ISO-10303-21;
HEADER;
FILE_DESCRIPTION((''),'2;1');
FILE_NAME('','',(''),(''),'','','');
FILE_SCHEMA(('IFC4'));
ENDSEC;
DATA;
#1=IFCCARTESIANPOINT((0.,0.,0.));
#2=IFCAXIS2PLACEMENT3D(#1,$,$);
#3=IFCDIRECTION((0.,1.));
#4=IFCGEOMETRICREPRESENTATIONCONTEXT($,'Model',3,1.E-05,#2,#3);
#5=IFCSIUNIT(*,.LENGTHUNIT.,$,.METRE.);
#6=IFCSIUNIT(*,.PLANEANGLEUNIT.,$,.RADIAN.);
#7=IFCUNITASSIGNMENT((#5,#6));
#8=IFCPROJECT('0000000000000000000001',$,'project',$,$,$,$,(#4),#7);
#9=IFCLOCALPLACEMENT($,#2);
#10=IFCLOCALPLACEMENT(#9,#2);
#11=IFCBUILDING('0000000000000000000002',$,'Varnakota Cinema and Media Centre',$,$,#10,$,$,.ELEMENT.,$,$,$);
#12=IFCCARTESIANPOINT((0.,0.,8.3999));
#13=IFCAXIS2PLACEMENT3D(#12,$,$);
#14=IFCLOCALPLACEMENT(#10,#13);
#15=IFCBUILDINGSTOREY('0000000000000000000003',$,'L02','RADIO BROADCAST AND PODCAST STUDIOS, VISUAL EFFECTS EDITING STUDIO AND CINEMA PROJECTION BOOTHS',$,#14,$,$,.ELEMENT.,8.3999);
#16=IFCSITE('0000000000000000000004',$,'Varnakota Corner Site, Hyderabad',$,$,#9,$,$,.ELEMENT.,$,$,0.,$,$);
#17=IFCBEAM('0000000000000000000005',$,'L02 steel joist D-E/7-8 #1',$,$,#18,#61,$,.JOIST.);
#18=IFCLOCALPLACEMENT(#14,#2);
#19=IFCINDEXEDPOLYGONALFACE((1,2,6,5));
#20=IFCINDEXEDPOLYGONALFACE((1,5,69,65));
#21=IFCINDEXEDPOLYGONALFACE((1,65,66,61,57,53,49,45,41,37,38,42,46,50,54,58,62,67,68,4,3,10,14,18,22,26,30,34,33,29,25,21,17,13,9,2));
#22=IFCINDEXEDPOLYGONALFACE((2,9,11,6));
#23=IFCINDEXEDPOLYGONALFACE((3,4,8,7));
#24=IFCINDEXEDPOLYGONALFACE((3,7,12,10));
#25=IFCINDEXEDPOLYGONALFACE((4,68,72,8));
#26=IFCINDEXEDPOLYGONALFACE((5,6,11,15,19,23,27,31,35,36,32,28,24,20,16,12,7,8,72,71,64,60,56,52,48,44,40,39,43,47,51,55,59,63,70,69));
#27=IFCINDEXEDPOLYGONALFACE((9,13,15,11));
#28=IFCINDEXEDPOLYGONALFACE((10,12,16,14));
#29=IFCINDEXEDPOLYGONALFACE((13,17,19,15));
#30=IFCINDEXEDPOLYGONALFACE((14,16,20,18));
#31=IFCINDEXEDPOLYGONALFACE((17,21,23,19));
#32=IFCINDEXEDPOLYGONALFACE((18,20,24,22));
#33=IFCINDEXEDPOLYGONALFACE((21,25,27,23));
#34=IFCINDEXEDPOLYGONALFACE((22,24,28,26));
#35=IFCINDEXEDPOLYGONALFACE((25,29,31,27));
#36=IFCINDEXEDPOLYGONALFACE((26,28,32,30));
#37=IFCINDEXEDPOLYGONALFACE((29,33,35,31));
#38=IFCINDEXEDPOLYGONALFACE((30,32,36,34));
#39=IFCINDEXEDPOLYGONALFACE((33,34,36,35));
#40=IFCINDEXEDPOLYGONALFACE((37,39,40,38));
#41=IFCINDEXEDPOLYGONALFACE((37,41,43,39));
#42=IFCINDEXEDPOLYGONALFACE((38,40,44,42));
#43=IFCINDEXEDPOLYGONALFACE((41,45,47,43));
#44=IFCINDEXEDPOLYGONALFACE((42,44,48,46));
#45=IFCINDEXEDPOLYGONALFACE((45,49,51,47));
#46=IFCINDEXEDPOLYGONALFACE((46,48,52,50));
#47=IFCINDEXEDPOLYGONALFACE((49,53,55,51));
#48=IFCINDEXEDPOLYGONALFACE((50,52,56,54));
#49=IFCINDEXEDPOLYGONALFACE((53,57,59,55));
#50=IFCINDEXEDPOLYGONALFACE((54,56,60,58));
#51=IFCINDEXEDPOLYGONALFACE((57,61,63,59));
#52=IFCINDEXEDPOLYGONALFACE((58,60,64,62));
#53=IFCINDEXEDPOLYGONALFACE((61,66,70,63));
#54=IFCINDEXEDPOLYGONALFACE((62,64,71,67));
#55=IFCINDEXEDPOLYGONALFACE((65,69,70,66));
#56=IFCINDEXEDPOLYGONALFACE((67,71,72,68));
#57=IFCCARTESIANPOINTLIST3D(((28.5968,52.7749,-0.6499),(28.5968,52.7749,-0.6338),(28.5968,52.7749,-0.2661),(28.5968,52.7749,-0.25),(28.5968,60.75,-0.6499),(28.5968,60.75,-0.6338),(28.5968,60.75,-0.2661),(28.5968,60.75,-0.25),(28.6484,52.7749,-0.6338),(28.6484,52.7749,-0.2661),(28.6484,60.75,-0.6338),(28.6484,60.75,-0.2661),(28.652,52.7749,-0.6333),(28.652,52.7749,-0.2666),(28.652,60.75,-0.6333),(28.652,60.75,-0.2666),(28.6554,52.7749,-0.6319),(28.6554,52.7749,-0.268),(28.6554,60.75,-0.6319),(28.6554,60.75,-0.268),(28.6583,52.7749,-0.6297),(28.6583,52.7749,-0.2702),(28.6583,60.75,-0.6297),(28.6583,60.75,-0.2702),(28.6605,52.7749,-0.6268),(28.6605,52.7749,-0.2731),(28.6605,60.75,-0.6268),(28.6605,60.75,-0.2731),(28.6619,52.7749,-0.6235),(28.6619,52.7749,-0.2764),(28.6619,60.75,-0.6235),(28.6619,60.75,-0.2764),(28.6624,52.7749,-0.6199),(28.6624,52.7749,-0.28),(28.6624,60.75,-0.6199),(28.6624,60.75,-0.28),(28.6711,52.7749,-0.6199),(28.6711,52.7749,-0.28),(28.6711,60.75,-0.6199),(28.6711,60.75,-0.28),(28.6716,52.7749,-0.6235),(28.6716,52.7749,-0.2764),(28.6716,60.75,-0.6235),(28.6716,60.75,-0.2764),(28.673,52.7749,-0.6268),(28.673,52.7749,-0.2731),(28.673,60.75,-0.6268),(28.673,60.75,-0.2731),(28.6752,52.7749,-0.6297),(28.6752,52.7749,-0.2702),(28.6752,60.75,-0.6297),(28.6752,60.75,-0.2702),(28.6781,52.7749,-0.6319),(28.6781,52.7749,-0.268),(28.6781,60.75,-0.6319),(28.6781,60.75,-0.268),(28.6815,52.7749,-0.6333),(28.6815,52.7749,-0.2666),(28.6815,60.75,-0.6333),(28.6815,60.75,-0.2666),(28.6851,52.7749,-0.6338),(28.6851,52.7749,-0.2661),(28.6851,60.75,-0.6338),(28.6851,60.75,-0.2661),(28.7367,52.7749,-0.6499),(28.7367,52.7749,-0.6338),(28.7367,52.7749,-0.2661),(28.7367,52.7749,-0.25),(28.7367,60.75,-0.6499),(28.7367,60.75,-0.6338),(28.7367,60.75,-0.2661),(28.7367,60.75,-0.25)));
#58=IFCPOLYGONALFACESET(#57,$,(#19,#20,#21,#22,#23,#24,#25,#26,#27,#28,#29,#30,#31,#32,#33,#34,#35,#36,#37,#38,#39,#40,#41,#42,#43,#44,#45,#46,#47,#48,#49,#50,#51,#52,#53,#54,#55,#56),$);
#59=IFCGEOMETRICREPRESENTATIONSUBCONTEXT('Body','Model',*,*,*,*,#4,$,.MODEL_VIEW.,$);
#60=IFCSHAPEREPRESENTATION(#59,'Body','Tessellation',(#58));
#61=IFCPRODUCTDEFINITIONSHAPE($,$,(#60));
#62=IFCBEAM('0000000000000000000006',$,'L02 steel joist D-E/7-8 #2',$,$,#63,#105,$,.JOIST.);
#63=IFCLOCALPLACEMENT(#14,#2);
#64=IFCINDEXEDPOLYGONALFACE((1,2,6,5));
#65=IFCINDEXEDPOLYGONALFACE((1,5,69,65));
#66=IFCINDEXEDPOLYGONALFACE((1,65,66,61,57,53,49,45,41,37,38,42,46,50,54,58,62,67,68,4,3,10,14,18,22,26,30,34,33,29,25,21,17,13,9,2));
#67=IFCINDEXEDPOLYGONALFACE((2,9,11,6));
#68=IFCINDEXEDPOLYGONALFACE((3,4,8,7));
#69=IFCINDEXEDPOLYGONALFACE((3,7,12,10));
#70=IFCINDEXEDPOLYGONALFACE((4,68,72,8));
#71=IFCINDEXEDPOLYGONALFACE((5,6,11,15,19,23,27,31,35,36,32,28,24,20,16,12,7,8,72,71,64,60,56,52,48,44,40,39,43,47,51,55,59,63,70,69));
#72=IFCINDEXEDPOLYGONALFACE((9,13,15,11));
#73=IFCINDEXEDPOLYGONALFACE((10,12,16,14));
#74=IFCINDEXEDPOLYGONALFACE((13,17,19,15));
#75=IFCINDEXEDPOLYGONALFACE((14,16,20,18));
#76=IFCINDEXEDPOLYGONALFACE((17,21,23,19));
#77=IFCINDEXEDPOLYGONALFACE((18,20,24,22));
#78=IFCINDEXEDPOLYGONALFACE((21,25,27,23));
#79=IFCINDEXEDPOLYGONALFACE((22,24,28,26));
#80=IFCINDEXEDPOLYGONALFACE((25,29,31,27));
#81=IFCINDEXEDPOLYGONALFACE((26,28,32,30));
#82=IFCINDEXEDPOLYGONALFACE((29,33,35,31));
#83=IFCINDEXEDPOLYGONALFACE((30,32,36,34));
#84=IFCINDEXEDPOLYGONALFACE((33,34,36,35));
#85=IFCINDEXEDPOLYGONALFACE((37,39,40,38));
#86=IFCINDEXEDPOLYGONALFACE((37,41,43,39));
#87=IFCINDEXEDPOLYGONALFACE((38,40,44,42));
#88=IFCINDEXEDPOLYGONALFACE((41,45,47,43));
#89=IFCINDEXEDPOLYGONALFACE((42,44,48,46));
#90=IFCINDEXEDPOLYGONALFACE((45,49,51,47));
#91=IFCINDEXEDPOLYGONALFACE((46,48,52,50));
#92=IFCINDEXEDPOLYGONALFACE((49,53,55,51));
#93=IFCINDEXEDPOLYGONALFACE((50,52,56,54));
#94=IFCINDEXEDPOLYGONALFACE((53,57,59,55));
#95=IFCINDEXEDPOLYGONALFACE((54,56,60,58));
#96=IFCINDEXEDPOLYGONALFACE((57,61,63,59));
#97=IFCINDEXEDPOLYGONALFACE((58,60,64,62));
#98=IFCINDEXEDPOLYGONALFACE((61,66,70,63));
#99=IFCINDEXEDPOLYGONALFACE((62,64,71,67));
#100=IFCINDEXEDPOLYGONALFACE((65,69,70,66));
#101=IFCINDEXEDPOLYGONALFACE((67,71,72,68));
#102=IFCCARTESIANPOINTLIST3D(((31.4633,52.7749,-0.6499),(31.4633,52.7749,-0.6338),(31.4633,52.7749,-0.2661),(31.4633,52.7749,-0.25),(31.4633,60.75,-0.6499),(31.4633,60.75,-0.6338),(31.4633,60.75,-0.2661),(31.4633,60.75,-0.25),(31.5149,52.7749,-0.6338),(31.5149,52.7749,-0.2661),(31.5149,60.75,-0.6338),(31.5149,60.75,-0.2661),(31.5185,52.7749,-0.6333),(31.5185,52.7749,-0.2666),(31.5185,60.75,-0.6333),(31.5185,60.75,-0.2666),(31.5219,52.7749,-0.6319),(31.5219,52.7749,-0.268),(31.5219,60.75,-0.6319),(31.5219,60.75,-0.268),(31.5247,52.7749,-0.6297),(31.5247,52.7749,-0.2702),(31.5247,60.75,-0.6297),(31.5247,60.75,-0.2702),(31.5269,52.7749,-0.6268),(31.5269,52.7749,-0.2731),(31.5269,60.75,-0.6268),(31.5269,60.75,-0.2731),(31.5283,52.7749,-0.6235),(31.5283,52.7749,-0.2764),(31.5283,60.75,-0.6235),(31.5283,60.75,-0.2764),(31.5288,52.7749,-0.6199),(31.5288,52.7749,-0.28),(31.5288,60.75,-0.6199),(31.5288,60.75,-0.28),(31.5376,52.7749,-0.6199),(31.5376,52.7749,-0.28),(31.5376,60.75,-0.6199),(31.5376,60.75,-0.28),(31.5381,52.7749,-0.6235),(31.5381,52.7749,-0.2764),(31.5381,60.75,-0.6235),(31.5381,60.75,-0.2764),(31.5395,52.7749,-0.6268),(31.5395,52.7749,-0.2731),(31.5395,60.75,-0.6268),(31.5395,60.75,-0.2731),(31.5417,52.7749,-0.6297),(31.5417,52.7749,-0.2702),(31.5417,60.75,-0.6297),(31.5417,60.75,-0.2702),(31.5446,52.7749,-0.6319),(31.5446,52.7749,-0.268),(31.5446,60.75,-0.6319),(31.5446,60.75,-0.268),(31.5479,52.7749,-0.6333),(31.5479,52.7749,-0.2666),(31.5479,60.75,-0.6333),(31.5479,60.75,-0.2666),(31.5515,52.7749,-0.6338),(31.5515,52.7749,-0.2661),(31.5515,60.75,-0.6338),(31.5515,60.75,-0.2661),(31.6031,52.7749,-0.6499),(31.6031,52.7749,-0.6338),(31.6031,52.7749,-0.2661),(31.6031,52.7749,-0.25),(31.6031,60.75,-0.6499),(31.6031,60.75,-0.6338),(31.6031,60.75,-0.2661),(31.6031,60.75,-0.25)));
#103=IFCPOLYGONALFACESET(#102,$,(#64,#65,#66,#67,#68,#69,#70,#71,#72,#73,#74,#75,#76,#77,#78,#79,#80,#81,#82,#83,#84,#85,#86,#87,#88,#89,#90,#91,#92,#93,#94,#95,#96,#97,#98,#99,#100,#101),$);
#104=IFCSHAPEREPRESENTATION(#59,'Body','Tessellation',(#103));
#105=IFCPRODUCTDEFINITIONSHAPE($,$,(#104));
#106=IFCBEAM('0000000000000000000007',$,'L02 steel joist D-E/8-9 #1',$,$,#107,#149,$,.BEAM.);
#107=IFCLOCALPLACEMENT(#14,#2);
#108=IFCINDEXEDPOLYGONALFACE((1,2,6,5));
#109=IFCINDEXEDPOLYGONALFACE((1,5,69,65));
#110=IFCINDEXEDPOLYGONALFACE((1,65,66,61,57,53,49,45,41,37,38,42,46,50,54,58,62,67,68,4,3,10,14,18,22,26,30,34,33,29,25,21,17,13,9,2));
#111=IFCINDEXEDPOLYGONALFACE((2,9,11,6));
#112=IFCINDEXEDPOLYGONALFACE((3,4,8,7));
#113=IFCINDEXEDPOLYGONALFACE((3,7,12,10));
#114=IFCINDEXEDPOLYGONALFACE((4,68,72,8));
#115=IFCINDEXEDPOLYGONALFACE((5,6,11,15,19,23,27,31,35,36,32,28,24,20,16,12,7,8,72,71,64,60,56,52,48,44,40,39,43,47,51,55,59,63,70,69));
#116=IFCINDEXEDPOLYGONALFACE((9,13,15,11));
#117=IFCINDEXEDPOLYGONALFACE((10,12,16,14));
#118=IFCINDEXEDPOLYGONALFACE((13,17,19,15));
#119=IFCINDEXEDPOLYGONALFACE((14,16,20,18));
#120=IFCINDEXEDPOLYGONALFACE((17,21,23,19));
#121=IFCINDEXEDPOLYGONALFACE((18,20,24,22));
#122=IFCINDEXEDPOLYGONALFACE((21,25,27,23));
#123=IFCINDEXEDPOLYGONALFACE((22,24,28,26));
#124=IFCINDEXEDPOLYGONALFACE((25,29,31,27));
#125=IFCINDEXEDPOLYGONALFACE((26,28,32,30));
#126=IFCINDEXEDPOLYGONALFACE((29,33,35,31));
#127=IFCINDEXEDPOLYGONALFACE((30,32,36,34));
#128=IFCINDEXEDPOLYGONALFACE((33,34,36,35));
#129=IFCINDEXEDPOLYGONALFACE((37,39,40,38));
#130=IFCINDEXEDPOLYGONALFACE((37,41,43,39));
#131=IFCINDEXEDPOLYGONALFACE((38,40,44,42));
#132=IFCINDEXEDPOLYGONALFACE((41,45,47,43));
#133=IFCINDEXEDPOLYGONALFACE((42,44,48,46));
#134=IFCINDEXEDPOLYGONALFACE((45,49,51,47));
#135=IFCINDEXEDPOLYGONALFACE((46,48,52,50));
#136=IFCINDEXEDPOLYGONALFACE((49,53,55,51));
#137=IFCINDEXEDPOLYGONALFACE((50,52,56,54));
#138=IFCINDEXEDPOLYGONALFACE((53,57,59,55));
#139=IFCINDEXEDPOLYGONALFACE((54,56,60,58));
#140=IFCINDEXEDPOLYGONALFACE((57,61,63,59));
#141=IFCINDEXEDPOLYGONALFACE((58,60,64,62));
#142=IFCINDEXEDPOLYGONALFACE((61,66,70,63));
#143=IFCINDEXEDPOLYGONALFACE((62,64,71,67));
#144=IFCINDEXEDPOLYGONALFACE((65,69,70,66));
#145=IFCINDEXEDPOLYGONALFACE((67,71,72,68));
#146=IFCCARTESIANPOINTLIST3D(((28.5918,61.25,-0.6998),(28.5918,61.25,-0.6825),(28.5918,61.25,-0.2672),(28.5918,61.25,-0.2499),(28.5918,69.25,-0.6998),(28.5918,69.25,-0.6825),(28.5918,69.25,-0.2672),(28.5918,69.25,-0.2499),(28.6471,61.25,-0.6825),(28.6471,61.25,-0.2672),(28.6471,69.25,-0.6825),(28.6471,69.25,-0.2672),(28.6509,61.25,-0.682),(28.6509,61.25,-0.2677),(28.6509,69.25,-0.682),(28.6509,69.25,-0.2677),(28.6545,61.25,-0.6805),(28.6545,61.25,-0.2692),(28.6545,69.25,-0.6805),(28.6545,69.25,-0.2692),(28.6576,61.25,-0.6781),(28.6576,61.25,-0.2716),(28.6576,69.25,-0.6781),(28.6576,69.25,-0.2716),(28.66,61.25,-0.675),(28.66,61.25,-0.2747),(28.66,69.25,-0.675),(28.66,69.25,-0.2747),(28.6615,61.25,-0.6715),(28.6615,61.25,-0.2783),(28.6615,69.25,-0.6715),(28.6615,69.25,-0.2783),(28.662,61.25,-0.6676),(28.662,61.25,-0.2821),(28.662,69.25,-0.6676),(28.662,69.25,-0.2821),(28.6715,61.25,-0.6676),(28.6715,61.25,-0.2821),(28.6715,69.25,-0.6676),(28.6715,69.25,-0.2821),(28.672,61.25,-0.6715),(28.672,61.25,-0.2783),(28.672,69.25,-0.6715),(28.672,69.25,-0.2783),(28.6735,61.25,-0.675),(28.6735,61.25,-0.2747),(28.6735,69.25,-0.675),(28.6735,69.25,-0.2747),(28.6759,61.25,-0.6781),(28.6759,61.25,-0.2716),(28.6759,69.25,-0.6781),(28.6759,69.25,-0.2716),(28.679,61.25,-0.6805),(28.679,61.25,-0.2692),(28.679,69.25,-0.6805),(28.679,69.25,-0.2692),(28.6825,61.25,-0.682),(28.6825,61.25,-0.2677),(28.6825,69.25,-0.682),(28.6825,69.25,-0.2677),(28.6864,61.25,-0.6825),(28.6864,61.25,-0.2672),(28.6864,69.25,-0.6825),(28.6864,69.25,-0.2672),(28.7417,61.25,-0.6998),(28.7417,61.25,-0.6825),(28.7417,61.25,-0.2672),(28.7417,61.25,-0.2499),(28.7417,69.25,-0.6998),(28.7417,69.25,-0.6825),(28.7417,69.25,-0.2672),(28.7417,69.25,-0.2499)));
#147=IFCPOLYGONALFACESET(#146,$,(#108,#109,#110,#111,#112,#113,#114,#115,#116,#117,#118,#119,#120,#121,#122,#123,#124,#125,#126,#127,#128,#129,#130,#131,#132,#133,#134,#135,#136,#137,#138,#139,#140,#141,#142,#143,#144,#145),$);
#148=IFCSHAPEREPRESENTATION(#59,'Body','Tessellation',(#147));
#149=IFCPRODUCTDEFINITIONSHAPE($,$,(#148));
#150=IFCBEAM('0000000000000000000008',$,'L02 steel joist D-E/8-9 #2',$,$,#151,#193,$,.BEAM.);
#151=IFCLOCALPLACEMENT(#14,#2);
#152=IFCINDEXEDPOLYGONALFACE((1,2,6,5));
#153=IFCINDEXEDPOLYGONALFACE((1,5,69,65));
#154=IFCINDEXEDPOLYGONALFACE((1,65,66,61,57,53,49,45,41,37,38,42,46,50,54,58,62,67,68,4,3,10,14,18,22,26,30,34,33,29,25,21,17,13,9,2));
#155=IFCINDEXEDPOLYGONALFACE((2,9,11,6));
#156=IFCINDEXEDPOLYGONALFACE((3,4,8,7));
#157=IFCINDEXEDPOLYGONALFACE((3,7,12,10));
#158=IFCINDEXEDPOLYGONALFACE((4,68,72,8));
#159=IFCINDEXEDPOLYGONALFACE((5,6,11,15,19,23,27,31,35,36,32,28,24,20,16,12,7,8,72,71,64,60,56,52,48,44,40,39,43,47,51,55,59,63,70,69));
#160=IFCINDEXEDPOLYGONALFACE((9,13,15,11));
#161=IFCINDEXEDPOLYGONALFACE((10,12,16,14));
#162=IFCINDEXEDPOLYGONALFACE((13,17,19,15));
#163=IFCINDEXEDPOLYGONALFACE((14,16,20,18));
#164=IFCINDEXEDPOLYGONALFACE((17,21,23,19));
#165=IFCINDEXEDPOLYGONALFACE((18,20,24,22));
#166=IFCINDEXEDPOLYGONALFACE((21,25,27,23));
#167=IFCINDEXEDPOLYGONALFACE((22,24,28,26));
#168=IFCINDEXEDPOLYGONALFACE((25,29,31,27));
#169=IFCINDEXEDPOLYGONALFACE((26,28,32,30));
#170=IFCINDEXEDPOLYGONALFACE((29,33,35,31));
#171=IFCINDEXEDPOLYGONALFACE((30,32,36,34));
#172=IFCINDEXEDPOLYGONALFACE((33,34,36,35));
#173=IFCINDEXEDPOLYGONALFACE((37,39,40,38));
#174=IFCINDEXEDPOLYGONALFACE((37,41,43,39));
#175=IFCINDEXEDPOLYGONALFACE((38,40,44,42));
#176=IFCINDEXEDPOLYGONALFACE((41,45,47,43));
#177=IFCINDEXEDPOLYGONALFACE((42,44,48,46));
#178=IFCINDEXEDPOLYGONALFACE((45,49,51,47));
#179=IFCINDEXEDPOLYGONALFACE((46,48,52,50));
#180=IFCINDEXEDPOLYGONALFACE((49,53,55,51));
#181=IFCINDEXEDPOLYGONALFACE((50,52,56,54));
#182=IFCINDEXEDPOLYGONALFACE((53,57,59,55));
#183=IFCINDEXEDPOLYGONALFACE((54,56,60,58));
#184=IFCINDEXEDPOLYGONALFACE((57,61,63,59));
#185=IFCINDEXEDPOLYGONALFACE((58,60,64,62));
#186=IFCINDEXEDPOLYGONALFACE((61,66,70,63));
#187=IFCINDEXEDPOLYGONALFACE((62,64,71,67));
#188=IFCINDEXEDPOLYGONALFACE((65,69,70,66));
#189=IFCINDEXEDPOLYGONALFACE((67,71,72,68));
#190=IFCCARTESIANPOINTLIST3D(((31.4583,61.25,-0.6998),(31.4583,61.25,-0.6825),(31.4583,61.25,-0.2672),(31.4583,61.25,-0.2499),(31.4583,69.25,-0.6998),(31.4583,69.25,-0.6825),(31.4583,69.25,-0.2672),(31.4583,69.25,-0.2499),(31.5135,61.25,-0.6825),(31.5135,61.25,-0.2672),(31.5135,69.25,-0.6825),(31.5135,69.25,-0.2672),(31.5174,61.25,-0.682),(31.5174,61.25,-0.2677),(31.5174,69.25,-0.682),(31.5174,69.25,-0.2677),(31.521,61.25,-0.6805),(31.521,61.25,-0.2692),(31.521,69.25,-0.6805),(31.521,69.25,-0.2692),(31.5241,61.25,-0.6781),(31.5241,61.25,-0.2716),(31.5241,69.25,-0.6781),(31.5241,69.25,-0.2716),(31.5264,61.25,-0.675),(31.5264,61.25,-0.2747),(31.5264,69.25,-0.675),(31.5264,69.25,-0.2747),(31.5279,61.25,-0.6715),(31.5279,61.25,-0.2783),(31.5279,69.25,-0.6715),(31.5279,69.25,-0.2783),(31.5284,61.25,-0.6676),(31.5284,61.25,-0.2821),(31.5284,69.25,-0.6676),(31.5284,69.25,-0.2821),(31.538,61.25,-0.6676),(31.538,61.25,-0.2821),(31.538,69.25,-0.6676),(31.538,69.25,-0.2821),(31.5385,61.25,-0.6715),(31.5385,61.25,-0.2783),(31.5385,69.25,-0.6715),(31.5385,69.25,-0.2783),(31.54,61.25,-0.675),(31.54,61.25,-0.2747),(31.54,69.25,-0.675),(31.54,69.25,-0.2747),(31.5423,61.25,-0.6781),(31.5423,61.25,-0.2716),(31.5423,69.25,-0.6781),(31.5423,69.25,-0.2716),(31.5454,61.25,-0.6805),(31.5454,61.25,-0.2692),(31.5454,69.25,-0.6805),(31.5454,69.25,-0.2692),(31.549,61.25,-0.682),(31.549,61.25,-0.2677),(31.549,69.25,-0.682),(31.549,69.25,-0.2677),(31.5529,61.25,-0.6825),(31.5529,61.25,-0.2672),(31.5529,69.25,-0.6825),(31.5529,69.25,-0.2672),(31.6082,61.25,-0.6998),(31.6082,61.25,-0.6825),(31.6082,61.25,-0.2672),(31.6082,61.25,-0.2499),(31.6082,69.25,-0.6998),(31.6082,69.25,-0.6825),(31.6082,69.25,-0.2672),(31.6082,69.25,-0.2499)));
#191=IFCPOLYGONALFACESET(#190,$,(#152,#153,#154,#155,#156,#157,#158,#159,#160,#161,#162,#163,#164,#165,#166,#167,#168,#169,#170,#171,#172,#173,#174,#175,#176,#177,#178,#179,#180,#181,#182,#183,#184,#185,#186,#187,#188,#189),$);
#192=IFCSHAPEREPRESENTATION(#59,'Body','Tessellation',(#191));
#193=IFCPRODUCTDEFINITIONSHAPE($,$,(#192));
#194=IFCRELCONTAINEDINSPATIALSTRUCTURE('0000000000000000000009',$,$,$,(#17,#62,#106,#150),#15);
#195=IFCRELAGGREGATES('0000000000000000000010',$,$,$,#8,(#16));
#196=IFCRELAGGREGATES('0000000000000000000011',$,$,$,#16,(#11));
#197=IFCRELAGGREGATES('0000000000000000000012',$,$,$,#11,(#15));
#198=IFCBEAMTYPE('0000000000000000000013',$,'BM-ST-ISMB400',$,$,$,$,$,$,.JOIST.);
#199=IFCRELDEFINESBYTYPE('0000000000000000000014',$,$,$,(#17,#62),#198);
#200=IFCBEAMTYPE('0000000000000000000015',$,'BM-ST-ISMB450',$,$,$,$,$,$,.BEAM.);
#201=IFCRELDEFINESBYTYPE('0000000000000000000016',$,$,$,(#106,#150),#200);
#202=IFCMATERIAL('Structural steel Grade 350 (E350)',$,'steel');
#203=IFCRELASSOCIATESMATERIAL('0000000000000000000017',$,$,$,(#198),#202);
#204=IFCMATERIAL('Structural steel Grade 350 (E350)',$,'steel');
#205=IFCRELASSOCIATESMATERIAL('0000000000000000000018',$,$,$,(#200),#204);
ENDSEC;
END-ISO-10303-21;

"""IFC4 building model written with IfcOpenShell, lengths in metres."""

from ifc_helpers import new_model, si_unit, direction, frame, origin, origin_2d, place, context, subcontext, project, spatial, i_section, extrude, material, material_profile, profile_set, type_object, element, save


model = new_model("IFC4")

# Units and contexts
model_context = context("Model", 3, precision=1e-05, world=origin(), true_north=direction((0.0, 1.0)))
body_context = subcontext(model_context, "Body", "Model", "MODEL_VIEW")
ifc_project = project(units=[si_unit("LENGTHUNIT", "METRE"), si_unit("PLANEANGLEUNIT", "RADIAN")], contexts=[model_context])

# Site, building, storey
site_placement = place(None, origin())
site = spatial("IfcSite", under=ifc_project, at=site_placement, Name="Varnakota Corner Site, Hyderabad", CompositionType="ELEMENT", RefElevation=0.0)
building_placement = place(site_placement, origin())
building = spatial("IfcBuilding", under=site, at=building_placement, Name="Varnakota Cinema and Media Centre", CompositionType="ELEMENT")
storey_placement = place(building_placement, frame((0.0, 0.0, 8.3999)))
storey = spatial("IfcBuildingStorey", under=building, at=storey_placement, Name="L02", Description="RADIO BROADCAST AND PODCAST STUDIOS, VISUAL EFFECTS EDITING STUDIO AND CINEMA PROJECTION BOOTHS", CompositionType="ELEMENT", Elevation=8.3999)

# Beams
ifc_material_1 = material(Name="Structural steel Grade 350 (E350)", Category="steel")
ifc_material_profile_1 = material_profile(ifc_material_1, i_section(OverallWidth=0.1399, OverallDepth=0.3999, WebThickness=0.0088, FlangeThickness=0.0161, FilletRadius=0.0139, at=origin_2d()), Name="ISMB 400")
ifc_profile_set_1 = profile_set([ifc_material_profile_1], Name="Structural steel Grade 350 (E350)")
beam_type_1 = type_object("IfcBeamType", Name="BM-ST-ISMB400", PredefinedType="JOIST", material=ifc_profile_set_1)
for number, where, z_axis, x_axis, name in (
    (1, (28.6667, 52.7749, -0.45), (0.0, 1.0, 0.0), (-1.0, 0.0, 0.0), "L02 steel joist D-E/7-8 #1"),
    (2, (31.5332, 52.7749, -0.45), (0.0, 1.0, 0.0), (-1.0, 0.0, 0.0), "L02 steel joist D-E/7-8 #2"),
):
    element("IfcBeam", number, at=place(storey_placement, frame(where, z_axis=z_axis, x_axis=x_axis)), inside=storey, type_object=beam_type_1, Name=name, PredefinedType="JOIST", context=body_context, shape_type="SweptSolid", body=[
        extrude(i_section(OverallWidth=0.1399, OverallDepth=0.3999, WebThickness=0.0088, FlangeThickness=0.0161, FilletRadius=0.0139, at=origin_2d()), origin(), (0.0, 0.0, 1.0), 7.9751),
    ])
ifc_material_2 = material(Name="Structural steel Grade 350 (E350)", Category="steel")
ifc_material_profile_2 = material_profile(ifc_material_2, i_section(OverallWidth=0.1499, OverallDepth=0.45, WebThickness=0.0095, FlangeThickness=0.0173, FilletRadius=0.0149, at=origin_2d()), Name="ISMB 450")
ifc_profile_set_2 = profile_set([ifc_material_profile_2], Name="Structural steel Grade 350 (E350)")
beam_type_2 = type_object("IfcBeamType", Name="BM-ST-ISMB450", PredefinedType="BEAM", material=ifc_profile_set_2)
for number, where, z_axis, x_axis, name in (
    (3, (28.6667, 61.25, -0.4749), (0.0, 1.0, 0.0), (-1.0, 0.0, 0.0), "L02 steel joist D-E/8-9 #1"),
    (4, (31.5332, 61.25, -0.4749), (0.0, 1.0, 0.0), (-1.0, 0.0, 0.0), "L02 steel joist D-E/8-9 #2"),
):
    element("IfcBeam", number, at=place(storey_placement, frame(where, z_axis=z_axis, x_axis=x_axis)), inside=storey, type_object=beam_type_2, Name=name, PredefinedType="BEAM", context=body_context, shape_type="SweptSolid", body=[
        extrude(i_section(OverallWidth=0.1499, OverallDepth=0.45, WebThickness=0.0095, FlangeThickness=0.0173, FilletRadius=0.0149, at=origin_2d()), origin(), (0.0, 0.0, 1.0), 8.0),
    ])

save(model, "model.ifc")
